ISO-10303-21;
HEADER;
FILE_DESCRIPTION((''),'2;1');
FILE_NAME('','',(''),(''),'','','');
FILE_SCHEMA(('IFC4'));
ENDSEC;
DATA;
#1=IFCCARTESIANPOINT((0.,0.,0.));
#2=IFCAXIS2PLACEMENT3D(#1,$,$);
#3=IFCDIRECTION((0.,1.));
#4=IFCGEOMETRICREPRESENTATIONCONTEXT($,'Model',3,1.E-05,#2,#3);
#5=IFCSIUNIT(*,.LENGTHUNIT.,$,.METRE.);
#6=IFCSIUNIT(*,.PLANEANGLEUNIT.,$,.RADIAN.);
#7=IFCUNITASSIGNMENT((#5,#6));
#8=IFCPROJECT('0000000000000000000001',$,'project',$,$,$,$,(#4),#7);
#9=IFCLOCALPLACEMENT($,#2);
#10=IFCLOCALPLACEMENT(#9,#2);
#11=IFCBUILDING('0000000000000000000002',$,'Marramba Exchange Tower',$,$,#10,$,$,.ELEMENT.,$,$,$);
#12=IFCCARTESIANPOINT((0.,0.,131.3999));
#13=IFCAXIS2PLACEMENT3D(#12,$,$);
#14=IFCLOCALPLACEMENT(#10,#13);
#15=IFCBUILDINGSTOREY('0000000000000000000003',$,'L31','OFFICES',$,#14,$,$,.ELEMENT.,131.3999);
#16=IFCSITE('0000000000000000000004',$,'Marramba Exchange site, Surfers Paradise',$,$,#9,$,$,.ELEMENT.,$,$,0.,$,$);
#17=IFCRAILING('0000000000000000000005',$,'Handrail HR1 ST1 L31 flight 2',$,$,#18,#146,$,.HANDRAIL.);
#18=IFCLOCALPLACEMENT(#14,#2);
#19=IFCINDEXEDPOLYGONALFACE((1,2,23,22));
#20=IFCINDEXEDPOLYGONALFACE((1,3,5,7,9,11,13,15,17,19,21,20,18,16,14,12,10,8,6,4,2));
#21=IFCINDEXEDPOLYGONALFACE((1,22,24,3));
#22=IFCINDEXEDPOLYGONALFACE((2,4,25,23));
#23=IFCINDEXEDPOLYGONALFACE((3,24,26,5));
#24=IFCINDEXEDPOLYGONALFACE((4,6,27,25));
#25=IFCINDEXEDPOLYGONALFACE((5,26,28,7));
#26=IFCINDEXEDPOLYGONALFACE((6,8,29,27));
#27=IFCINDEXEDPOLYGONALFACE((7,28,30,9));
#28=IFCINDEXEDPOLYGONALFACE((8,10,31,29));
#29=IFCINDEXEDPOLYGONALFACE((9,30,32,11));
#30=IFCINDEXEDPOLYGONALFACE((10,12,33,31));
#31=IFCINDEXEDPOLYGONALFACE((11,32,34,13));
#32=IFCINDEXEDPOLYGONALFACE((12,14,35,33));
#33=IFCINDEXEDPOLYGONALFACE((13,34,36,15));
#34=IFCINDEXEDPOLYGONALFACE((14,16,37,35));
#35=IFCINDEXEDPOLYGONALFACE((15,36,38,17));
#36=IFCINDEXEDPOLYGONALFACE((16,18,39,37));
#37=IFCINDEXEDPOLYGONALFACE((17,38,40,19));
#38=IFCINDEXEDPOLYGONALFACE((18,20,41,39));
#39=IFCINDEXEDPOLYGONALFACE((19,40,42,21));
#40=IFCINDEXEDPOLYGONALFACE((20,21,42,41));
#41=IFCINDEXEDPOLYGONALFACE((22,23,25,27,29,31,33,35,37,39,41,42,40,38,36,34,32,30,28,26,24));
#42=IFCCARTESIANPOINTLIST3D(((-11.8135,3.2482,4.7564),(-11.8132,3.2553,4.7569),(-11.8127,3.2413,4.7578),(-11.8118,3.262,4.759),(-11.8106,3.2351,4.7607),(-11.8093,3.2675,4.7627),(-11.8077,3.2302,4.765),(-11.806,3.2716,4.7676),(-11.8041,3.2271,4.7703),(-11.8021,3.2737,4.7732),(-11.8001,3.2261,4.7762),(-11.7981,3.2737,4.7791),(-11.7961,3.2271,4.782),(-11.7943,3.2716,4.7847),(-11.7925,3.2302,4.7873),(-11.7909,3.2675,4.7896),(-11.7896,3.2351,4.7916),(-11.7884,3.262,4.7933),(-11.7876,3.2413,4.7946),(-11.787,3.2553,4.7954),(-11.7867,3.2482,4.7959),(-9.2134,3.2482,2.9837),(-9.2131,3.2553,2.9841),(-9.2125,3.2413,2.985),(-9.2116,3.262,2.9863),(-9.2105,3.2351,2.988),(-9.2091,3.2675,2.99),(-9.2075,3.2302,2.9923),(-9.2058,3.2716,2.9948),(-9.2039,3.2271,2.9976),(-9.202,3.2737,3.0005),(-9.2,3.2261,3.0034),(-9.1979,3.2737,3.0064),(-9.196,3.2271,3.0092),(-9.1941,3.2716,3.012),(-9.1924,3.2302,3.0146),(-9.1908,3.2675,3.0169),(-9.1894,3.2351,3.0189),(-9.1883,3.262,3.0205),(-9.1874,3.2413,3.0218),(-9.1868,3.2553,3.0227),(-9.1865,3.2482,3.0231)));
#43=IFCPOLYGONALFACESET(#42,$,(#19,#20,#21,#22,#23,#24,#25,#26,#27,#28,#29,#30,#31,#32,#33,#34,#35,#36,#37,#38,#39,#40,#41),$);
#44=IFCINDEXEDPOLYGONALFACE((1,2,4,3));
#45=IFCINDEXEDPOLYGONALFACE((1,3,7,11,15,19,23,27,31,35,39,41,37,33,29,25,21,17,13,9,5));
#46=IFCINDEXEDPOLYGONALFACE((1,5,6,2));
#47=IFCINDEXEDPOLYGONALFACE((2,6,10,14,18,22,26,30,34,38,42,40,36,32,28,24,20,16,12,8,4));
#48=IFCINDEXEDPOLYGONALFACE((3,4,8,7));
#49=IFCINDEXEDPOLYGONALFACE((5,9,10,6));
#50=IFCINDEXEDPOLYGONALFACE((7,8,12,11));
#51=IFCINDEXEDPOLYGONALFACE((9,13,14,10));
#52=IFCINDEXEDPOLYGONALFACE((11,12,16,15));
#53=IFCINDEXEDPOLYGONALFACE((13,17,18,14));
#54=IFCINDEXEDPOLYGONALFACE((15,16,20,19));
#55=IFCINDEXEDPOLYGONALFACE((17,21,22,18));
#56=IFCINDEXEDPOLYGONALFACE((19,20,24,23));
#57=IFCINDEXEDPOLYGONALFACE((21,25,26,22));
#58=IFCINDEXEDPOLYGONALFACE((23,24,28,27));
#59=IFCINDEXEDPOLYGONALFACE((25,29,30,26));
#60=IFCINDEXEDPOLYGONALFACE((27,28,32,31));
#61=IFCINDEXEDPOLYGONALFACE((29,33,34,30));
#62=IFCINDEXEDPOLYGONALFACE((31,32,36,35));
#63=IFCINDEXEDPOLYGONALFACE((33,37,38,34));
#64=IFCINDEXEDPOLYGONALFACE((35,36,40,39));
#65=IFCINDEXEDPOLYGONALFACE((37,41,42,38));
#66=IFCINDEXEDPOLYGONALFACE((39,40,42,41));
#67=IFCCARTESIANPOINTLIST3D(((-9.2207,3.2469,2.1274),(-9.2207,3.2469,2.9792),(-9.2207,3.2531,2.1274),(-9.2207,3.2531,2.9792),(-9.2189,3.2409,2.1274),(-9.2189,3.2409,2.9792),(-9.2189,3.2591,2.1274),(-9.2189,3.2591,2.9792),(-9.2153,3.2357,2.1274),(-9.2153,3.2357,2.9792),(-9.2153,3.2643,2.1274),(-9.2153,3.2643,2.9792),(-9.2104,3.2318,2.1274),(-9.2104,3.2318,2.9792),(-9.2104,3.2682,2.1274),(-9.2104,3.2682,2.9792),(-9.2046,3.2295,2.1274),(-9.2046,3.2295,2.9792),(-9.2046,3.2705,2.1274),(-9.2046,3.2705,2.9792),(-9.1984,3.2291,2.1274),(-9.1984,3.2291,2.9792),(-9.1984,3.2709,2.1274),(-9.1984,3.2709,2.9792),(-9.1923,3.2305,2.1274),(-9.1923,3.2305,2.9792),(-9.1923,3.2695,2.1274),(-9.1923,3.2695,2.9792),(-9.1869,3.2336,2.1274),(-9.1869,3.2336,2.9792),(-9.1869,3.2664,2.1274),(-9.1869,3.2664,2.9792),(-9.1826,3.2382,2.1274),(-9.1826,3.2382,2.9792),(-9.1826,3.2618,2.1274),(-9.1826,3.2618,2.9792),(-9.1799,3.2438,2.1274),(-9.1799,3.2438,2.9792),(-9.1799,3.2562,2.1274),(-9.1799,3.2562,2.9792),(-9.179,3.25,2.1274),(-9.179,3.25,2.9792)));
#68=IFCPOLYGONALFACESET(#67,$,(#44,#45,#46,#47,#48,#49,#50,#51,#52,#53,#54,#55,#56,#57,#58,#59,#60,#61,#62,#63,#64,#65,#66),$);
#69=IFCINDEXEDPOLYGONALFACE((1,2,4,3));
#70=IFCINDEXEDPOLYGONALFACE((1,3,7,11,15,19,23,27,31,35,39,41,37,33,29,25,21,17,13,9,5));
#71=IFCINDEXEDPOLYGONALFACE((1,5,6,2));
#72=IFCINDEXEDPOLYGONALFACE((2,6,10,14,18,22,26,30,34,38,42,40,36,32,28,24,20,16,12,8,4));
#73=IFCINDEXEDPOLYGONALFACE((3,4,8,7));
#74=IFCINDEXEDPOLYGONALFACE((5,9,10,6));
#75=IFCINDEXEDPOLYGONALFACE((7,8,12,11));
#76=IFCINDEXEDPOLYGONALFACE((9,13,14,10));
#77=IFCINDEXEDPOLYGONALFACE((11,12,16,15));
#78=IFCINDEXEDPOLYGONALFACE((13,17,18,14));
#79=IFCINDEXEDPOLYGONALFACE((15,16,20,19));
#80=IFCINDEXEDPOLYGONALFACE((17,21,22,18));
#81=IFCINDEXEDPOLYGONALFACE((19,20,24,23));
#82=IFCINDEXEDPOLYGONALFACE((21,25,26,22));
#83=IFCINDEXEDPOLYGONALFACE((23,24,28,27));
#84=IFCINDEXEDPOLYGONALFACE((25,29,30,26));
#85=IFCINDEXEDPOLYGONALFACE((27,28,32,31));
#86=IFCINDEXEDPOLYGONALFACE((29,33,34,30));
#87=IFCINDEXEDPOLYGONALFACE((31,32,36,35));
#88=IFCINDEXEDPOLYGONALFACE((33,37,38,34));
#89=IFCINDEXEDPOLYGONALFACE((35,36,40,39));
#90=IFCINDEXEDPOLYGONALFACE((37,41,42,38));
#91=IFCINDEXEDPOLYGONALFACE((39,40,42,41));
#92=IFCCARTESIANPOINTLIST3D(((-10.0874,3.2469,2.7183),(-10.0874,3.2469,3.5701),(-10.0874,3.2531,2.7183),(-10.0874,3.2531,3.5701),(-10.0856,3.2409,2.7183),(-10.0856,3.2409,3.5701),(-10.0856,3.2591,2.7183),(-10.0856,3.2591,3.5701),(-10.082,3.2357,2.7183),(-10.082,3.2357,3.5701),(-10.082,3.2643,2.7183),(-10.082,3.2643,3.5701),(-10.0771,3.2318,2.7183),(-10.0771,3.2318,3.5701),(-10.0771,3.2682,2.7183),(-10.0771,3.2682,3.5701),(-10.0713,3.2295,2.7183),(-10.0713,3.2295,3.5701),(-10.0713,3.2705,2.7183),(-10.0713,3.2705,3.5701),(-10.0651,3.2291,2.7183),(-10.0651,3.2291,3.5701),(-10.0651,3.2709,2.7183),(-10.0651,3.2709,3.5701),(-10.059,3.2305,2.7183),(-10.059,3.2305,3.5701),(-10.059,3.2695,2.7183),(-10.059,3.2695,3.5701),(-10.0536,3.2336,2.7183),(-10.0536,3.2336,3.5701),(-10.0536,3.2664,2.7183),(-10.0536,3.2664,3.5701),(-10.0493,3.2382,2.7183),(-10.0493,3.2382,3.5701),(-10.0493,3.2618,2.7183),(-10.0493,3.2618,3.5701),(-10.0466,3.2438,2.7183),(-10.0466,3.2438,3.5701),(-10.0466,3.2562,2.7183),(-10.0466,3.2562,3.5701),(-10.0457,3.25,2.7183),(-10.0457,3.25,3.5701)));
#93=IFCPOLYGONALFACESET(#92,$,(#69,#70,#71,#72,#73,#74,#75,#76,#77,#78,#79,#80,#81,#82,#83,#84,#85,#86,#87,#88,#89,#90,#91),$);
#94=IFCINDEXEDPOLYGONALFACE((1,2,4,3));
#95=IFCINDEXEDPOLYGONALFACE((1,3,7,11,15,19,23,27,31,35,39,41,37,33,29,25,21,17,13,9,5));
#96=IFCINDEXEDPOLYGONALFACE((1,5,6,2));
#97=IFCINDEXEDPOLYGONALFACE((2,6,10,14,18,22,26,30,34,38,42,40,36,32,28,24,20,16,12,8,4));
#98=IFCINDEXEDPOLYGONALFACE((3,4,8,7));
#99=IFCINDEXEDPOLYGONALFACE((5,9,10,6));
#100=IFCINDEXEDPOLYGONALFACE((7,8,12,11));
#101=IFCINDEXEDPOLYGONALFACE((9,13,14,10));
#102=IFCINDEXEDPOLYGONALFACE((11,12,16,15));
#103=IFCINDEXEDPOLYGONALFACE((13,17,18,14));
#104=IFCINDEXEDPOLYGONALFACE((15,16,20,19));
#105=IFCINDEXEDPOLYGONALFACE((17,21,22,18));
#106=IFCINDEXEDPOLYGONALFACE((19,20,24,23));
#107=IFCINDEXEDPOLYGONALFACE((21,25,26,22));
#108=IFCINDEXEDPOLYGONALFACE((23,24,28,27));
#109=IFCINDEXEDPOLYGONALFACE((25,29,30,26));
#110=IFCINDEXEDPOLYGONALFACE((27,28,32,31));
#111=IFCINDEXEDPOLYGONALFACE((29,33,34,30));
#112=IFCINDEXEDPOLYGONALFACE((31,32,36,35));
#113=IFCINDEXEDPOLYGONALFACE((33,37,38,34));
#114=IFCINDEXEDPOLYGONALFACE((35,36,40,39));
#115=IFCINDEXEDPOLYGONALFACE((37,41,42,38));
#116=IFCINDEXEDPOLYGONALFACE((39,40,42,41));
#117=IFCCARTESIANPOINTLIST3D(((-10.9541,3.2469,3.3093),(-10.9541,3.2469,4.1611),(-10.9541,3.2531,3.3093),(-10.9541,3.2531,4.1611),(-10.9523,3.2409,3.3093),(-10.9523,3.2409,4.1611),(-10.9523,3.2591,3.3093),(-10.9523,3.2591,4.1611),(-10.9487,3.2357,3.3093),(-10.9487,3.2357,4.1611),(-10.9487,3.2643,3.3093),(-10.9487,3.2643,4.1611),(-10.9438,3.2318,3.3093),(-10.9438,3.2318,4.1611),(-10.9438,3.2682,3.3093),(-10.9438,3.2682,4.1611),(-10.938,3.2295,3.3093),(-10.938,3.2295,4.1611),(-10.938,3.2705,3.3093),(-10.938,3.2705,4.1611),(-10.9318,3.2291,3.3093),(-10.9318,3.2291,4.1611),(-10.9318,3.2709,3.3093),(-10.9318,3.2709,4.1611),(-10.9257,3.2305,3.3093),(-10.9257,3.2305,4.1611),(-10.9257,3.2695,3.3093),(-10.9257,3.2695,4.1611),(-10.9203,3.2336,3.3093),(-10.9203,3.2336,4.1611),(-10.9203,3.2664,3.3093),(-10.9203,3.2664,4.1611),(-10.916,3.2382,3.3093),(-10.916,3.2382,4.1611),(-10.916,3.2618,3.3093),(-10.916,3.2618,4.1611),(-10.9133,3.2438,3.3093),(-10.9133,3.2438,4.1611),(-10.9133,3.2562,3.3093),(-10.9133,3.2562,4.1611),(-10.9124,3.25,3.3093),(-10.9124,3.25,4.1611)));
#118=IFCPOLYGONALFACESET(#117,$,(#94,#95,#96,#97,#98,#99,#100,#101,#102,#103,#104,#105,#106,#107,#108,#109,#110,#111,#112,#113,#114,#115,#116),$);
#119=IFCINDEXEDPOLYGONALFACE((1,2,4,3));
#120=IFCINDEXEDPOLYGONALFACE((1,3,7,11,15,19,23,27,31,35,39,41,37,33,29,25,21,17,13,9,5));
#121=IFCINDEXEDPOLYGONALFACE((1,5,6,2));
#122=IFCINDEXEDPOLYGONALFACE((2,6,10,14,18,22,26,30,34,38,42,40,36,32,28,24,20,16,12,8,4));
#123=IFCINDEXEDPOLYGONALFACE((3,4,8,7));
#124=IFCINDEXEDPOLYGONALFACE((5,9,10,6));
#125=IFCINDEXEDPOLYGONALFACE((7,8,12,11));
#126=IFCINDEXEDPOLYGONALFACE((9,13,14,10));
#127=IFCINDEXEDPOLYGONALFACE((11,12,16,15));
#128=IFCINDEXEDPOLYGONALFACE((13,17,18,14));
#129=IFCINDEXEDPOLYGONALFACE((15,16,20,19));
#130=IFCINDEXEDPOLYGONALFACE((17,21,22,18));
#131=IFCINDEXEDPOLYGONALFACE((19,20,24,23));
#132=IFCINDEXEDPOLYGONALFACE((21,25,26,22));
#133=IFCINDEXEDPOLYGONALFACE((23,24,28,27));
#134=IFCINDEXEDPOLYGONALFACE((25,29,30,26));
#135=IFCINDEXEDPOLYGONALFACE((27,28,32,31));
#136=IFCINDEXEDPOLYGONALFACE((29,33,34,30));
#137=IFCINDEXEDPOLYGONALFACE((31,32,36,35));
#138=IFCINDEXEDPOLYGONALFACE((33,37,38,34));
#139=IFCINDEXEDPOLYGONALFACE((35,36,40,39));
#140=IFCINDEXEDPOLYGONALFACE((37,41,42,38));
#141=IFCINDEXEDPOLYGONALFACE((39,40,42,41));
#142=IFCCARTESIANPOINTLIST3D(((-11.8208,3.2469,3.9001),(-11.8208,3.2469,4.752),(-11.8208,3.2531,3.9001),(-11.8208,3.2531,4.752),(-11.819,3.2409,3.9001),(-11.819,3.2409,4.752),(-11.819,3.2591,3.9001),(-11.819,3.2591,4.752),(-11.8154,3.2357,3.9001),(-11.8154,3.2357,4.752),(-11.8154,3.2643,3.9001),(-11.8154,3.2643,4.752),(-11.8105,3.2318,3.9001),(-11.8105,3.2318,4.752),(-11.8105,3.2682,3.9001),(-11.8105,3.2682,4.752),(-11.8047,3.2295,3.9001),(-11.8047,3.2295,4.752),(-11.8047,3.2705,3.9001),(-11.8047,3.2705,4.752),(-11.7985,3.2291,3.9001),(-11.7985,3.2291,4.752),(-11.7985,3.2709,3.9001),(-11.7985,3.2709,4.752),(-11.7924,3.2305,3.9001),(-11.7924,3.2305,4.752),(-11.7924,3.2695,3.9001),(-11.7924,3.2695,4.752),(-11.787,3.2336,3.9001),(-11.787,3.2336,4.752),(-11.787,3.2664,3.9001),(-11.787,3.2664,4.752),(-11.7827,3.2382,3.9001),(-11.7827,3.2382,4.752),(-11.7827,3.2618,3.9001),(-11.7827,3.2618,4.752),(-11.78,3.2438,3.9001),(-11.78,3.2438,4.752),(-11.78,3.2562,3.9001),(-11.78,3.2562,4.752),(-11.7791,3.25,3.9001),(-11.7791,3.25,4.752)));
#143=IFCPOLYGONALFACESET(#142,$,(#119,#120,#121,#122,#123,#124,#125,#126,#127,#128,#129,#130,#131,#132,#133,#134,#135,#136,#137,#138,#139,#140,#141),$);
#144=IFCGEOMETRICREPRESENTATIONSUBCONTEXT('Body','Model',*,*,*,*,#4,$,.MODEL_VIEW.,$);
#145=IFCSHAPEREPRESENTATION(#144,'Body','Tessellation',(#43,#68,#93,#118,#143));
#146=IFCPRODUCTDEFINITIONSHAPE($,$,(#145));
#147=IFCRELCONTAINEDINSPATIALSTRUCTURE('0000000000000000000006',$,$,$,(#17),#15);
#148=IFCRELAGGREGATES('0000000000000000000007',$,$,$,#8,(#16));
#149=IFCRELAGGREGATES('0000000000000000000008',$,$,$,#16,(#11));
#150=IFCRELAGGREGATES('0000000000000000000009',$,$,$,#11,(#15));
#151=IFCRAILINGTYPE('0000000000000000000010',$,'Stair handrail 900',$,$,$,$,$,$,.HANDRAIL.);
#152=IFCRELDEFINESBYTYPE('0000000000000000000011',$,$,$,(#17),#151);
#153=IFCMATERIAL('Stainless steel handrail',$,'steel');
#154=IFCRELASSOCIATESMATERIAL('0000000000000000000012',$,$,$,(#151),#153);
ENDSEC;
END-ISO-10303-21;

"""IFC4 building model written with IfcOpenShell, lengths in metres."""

from ifc_helpers import new_model, si_unit, direction, frame, origin, origin_2d, place, context, subcontext, project, spatial, circle, extrude, material, type_object, element, save


model = new_model("IFC4")

# Units and contexts
model_context = context("Model", 3, precision=1e-05, world=origin(), true_north=direction((0.0, 1.0)))
body_context = subcontext(model_context, "Body", "Model", "MODEL_VIEW")
ifc_project = project(units=[si_unit("LENGTHUNIT", "METRE"), si_unit("PLANEANGLEUNIT", "RADIAN")], contexts=[model_context])

# Site, building, storey
site_placement = place(None, origin())
site = spatial("IfcSite", under=ifc_project, at=site_placement, Name="Marramba Exchange site, Surfers Paradise", CompositionType="ELEMENT", RefElevation=0.0)
building_placement = place(site_placement, origin())
building = spatial("IfcBuilding", under=site, at=building_placement, Name="Marramba Exchange Tower", CompositionType="ELEMENT")
storey_placement = place(building_placement, frame((0.0, 0.0, 131.3999)))
storey = spatial("IfcBuildingStorey", under=building, at=storey_placement, Name="L31", Description="OFFICES", CompositionType="ELEMENT", Elevation=131.3999)

# Railing
ifc_material_1 = material(Name="Stainless steel handrail", Category="steel")
railing_type = type_object("IfcRailingType", Name="Stair handrail 900", PredefinedType="HANDRAIL", material=ifc_material_1)
railing_placement = place(storey_placement, frame((-9.2, 3.25, 2.1274)))
element("IfcRailing", 1, at=railing_placement, inside=storey, type_object=railing_type, Name="Handrail HR1 ST1 L31 flight 2", PredefinedType="HANDRAIL", context=body_context, shape_type="SweptSolid", body=[
    extrude(circle(Radius=0.0239, at=origin_2d()), frame((0.0, 0.0, 0.876), z_axis=(-0.82624, 0.0, 0.563318), x_axis=(0.0, -1.0, 0.0)), (0.0, 0.0, 1.0), 3.147),
    extrude(circle(Radius=0.021, at=origin_2d()), origin(), (0.0, 0.0, 1.0), 0.8518),
    extrude(circle(Radius=0.021, at=origin_2d()), frame((-0.8667, 0.0, 0.5908)), (0.0, 0.0, 1.0), 0.8518),
    extrude(circle(Radius=0.021, at=origin_2d()), frame((-1.7334, 0.0, 1.1819)), (0.0, 0.0, 1.0), 0.8518),
    extrude(circle(Radius=0.021, at=origin_2d()), frame((-2.6001, 0.0, 1.7727)), (0.0, 0.0, 1.0), 0.8518),
])

save(model, "model.ifc")
